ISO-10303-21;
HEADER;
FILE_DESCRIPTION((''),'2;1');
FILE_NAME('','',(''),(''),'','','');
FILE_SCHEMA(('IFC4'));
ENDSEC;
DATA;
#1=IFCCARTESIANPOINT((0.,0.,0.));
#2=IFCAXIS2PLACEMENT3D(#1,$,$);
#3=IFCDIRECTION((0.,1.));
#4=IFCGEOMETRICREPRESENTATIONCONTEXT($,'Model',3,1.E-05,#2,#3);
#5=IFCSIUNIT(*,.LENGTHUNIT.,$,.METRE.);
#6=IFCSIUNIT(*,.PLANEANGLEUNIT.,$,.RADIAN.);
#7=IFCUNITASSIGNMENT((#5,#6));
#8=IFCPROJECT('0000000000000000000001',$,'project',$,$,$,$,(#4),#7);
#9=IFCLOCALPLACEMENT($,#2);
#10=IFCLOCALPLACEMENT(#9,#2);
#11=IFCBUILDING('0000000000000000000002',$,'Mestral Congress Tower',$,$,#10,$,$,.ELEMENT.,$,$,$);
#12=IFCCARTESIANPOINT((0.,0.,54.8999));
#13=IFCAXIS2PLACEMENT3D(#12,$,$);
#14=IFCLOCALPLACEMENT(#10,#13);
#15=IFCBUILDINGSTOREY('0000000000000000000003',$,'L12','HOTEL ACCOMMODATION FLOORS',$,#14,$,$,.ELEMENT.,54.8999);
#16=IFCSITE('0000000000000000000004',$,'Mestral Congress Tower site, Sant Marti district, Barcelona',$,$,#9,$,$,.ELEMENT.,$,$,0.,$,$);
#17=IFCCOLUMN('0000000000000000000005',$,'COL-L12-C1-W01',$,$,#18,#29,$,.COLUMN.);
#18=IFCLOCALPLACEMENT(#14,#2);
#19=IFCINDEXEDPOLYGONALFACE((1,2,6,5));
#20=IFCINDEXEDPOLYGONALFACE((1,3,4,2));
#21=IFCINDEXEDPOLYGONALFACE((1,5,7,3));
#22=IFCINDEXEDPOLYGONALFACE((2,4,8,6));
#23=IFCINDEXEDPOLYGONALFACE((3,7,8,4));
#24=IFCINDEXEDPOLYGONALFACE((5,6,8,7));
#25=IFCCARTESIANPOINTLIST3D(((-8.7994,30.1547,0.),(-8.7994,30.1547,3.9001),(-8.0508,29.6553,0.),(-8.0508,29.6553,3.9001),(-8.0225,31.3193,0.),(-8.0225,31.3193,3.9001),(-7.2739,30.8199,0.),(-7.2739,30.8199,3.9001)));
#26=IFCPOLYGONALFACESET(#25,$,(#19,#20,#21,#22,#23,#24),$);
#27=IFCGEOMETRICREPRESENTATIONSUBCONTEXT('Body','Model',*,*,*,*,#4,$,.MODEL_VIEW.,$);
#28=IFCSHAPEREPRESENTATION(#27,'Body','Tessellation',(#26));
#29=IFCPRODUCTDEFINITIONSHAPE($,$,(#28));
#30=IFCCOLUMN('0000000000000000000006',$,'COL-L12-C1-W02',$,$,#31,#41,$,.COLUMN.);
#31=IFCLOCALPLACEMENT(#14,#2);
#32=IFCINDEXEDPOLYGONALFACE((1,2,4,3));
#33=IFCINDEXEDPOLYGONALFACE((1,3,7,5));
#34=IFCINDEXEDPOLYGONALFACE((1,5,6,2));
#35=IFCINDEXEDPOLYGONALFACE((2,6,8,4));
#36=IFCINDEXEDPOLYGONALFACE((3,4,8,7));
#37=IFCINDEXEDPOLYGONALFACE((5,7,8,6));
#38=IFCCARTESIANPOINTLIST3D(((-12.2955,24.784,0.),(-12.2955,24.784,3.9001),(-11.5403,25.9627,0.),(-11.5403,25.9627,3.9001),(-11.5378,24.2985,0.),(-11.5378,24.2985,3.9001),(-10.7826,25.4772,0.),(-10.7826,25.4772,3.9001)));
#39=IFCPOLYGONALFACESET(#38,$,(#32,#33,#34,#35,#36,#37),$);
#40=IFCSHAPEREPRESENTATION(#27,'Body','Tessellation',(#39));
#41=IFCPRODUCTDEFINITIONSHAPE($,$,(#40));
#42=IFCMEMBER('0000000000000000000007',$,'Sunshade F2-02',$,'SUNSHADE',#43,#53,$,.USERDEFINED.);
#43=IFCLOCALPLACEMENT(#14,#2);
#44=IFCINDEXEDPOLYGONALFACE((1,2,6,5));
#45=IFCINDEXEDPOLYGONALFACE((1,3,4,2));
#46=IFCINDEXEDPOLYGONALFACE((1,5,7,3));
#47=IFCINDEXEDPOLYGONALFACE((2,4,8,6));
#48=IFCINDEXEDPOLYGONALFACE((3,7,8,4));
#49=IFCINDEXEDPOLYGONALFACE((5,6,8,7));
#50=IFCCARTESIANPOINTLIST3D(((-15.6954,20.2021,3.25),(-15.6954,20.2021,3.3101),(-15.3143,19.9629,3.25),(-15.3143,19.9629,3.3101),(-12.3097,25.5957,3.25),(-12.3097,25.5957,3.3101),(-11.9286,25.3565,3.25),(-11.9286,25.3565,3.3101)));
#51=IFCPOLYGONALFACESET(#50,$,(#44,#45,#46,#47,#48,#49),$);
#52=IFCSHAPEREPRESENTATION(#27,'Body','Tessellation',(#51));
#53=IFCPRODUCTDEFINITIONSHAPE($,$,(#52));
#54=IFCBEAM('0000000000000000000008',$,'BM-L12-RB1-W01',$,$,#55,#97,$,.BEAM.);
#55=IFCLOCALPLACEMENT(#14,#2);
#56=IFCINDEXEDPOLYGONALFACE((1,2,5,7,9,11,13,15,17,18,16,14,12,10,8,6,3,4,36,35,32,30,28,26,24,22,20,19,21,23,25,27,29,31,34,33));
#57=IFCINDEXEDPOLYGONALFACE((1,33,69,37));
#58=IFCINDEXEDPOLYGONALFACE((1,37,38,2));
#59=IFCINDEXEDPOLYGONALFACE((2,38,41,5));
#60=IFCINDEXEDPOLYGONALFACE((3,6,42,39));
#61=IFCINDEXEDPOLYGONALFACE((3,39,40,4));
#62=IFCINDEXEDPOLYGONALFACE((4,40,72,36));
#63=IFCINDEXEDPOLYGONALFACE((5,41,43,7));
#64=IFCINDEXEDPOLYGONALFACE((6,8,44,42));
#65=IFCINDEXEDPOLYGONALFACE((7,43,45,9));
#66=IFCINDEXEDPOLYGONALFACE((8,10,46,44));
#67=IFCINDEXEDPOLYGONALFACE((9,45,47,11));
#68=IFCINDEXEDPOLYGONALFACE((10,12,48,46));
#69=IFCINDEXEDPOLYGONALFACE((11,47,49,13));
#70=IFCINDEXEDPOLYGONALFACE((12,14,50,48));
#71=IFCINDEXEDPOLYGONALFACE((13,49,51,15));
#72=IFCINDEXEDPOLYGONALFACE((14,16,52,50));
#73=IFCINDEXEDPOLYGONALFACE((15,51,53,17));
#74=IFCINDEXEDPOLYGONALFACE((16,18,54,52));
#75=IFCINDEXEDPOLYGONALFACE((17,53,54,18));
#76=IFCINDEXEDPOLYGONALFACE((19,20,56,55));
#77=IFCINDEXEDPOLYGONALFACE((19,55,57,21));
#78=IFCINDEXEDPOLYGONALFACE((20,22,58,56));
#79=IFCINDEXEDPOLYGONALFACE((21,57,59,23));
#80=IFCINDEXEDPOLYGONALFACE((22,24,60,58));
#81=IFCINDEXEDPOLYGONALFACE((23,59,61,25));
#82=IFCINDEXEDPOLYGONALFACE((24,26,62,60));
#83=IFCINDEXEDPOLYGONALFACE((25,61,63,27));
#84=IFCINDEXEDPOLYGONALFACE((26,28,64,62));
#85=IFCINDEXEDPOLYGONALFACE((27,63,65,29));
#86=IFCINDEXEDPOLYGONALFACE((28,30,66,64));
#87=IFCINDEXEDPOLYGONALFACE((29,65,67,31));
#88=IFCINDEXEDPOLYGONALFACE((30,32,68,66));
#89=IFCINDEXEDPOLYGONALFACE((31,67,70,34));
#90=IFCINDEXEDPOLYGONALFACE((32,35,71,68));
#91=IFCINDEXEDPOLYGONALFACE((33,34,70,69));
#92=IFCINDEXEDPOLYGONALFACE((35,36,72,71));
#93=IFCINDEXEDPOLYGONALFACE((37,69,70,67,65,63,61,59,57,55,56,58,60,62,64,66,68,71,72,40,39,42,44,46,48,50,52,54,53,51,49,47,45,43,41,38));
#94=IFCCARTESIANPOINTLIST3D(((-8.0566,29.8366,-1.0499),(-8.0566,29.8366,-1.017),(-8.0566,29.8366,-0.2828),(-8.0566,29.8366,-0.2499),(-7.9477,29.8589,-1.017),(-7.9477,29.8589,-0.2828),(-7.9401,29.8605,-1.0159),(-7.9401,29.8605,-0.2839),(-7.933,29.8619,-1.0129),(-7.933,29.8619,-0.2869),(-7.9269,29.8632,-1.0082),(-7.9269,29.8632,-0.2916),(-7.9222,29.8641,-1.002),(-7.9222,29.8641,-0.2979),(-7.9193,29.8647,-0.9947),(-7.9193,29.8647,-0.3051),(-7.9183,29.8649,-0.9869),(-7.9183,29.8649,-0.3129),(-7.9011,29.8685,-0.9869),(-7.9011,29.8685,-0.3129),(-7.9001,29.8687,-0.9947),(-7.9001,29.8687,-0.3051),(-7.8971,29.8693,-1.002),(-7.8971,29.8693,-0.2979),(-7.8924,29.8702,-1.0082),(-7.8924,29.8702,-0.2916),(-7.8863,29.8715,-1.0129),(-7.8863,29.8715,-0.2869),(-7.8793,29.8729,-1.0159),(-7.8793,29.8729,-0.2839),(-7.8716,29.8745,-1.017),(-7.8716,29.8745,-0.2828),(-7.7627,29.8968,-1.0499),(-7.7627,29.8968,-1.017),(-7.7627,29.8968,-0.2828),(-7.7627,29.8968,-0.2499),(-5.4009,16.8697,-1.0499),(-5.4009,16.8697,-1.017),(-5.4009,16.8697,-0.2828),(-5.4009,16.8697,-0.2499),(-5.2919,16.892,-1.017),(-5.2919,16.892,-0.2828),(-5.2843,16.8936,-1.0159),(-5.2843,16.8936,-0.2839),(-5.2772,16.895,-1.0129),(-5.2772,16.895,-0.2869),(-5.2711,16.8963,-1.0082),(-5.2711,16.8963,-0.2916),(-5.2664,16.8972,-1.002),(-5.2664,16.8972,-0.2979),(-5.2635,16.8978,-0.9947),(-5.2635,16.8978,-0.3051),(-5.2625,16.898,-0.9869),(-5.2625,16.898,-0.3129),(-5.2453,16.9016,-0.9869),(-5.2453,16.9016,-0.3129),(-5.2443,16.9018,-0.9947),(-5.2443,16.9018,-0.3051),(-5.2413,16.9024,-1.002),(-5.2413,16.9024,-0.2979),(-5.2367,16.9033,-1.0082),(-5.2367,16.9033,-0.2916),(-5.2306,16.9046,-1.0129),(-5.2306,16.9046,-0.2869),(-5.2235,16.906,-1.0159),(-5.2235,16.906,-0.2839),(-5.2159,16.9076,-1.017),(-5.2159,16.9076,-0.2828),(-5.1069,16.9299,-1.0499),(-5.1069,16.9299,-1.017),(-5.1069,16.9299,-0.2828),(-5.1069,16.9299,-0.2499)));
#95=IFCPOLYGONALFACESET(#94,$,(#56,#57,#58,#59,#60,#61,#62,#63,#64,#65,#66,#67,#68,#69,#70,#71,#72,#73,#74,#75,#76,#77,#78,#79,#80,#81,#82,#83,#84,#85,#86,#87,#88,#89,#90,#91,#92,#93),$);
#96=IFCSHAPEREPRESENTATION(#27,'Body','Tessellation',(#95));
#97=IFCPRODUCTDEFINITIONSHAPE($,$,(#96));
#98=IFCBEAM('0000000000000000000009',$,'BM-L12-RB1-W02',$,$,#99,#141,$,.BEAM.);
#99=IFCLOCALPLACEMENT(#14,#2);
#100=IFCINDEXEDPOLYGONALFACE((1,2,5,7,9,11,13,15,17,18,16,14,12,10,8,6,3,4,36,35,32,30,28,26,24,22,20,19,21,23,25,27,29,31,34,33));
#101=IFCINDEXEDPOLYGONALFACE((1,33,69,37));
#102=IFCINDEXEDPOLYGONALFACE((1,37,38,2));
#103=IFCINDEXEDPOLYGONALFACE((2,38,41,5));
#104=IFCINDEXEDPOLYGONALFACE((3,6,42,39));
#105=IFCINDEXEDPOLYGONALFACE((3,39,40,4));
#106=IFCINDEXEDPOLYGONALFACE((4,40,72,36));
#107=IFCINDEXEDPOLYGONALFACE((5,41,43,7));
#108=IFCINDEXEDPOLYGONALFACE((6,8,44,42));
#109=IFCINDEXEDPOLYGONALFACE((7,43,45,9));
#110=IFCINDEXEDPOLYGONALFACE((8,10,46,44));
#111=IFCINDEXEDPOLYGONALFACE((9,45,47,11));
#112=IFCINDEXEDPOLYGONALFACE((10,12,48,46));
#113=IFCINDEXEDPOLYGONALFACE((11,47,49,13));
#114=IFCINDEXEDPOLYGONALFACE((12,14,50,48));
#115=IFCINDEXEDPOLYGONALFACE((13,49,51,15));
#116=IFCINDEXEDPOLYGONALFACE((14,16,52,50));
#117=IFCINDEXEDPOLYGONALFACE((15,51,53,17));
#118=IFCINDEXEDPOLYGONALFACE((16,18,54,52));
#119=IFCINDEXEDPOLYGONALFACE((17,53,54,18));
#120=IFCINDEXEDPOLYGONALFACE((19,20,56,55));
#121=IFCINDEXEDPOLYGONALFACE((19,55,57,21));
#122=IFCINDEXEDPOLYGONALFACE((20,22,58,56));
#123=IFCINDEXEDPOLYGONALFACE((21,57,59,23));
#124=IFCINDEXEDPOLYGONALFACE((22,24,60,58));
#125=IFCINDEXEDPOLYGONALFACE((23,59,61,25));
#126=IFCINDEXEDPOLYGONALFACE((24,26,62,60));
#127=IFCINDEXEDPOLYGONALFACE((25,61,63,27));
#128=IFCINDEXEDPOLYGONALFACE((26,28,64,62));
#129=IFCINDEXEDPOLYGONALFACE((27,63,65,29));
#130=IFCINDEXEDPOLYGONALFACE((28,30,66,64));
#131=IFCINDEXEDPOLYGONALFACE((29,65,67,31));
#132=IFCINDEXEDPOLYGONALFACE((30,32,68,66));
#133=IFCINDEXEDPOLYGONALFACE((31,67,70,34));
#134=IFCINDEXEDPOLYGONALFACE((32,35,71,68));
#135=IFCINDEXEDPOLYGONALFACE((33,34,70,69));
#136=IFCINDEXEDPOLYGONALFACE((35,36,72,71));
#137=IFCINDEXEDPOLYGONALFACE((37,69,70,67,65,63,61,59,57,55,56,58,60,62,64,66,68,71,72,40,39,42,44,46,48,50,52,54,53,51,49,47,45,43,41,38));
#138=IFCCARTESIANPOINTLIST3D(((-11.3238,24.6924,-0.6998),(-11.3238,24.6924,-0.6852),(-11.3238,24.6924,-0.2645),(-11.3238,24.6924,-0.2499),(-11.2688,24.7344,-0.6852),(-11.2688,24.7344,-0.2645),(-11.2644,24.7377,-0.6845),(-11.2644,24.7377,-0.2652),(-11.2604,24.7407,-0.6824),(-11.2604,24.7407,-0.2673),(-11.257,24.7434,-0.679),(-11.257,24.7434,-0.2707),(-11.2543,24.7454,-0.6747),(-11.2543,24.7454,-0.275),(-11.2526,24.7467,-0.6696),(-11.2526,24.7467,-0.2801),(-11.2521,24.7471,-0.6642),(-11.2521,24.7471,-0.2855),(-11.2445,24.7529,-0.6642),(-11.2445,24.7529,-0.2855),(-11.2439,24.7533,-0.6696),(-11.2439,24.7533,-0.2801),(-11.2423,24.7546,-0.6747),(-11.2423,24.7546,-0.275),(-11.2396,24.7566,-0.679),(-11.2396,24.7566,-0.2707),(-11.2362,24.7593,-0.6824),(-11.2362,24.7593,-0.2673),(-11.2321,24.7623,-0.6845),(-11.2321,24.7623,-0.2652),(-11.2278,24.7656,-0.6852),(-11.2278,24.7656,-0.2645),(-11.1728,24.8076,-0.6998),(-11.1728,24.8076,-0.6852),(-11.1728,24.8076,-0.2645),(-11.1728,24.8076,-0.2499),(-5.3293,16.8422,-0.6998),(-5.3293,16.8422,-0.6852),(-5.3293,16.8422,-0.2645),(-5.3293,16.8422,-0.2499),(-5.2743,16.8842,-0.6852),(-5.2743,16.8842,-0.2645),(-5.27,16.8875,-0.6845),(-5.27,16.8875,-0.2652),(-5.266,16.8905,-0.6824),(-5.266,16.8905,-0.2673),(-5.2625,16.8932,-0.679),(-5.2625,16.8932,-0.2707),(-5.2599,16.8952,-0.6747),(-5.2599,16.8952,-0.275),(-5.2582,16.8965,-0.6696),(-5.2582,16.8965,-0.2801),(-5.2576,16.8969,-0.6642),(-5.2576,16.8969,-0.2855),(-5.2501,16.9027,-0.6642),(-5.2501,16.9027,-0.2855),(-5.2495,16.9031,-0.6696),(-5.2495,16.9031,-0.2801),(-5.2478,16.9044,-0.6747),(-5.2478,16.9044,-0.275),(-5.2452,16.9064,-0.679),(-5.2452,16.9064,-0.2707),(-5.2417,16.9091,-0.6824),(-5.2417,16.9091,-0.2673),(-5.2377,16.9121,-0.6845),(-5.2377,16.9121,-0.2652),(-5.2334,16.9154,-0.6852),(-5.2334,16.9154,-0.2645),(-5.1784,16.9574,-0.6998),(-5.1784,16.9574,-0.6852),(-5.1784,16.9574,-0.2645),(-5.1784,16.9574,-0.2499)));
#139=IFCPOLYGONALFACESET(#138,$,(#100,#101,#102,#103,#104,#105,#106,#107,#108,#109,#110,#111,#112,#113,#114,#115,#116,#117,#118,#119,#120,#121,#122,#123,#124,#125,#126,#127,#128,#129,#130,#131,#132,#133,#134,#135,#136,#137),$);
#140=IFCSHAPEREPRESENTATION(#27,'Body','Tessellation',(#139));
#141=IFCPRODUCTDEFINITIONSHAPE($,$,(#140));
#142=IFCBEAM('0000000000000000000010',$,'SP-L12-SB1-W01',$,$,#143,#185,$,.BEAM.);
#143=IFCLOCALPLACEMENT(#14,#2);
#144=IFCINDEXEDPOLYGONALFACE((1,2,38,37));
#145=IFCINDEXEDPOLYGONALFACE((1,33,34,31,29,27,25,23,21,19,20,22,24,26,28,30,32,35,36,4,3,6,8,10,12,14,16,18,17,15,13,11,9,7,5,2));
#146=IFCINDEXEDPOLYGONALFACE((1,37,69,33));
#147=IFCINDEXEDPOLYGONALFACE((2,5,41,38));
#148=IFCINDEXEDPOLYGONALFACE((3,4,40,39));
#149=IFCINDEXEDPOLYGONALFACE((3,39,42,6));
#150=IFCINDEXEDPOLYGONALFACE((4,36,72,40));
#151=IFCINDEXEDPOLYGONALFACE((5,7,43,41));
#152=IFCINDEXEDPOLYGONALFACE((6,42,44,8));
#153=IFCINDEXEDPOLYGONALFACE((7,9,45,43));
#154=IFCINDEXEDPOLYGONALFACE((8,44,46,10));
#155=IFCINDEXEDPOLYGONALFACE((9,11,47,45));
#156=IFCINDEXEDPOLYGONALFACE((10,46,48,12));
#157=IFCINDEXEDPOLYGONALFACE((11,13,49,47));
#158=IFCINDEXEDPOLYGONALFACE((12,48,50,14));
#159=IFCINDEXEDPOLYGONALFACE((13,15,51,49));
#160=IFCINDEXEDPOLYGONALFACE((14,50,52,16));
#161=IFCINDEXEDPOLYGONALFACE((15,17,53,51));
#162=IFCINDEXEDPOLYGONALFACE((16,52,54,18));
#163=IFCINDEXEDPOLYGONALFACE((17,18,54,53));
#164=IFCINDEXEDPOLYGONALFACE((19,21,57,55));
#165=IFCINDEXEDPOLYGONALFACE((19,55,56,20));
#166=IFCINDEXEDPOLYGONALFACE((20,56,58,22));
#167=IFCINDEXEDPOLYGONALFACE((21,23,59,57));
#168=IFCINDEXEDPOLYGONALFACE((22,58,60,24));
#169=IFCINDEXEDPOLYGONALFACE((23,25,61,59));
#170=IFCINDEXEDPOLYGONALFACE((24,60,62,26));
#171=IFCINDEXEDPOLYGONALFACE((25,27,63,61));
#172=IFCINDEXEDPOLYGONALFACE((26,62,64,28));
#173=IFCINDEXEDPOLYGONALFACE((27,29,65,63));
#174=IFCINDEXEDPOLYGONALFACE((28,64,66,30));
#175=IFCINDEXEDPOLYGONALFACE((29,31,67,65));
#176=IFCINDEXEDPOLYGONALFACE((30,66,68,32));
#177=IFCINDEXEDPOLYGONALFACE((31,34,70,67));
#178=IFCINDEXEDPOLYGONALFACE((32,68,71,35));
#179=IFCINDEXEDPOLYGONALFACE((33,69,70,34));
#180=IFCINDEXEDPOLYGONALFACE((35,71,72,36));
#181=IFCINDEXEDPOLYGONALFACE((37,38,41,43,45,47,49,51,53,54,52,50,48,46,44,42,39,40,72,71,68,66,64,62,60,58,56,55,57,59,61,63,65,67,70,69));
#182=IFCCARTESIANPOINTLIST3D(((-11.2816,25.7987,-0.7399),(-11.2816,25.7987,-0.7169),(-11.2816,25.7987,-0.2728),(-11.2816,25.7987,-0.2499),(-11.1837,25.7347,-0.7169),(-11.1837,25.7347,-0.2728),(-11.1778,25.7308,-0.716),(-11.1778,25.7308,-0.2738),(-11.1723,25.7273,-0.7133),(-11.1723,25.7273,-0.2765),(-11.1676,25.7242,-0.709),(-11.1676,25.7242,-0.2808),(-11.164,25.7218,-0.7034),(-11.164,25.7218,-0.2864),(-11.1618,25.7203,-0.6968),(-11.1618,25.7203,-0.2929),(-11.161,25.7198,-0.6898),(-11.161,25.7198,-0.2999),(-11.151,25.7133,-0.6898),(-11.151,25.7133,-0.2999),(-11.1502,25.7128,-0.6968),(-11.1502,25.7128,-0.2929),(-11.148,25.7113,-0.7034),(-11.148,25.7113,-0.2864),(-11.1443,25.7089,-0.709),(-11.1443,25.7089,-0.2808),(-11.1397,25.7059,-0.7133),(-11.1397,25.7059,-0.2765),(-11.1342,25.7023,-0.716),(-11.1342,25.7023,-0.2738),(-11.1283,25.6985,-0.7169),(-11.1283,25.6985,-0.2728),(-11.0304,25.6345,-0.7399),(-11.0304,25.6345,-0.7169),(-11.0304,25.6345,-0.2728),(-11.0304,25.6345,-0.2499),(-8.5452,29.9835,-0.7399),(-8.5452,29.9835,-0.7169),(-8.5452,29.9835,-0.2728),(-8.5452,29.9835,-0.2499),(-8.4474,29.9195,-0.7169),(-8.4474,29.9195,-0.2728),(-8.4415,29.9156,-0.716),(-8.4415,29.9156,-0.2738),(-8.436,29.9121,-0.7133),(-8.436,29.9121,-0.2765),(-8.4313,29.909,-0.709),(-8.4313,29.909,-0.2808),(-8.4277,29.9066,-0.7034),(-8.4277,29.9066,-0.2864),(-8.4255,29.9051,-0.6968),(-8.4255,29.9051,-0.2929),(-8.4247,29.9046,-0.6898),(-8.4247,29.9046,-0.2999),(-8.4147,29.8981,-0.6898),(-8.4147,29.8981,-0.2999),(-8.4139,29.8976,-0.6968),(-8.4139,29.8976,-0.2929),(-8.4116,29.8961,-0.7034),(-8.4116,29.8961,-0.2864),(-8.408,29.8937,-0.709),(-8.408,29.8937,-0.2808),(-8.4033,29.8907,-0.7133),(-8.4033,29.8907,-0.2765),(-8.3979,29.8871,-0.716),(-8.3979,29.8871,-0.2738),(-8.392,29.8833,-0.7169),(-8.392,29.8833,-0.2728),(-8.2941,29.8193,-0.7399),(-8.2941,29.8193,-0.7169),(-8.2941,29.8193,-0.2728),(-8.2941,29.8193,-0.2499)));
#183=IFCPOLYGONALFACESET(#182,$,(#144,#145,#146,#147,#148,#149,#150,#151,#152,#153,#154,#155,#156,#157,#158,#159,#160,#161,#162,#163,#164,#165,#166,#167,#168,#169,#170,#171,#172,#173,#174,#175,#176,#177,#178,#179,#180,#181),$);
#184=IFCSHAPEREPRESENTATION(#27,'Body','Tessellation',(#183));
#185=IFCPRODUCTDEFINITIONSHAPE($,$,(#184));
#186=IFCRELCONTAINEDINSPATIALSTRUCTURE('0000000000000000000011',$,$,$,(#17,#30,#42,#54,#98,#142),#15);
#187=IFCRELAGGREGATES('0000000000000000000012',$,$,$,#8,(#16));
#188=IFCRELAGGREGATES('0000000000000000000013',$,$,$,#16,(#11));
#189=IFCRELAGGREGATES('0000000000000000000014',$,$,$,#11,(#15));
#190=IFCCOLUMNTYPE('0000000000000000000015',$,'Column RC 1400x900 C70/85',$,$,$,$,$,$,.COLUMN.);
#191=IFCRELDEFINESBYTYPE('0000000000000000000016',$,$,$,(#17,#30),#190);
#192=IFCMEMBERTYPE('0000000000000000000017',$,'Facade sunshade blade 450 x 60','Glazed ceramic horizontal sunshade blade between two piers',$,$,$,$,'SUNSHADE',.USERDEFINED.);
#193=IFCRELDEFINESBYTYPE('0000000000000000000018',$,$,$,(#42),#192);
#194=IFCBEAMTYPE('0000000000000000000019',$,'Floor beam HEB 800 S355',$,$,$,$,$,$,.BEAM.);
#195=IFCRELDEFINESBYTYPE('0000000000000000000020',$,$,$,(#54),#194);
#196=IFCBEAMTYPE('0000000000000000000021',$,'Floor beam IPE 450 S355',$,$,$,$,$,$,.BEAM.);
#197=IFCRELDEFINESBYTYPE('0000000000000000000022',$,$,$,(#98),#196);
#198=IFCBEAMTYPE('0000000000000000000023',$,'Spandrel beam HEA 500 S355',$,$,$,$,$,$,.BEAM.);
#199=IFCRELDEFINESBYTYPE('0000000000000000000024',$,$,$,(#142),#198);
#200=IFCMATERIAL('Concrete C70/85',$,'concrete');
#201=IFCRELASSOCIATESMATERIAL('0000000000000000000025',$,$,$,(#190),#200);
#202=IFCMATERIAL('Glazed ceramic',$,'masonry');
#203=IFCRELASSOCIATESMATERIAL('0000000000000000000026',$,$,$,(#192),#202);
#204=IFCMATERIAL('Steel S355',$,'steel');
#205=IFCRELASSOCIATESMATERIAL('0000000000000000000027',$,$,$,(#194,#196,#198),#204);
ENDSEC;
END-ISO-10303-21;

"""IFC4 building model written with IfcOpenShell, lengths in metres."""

from ifc_helpers import new_model, si_unit, direction, frame, origin, origin_2d, place, context, subcontext, project, spatial, rectangle, i_section, extrude, material, material_profile, profile_set, type_object, element, save


model = new_model("IFC4")

# Units and contexts
model_context = context("Model", 3, precision=1e-05, world=origin(), true_north=direction((0.0, 1.0)))
body_context = subcontext(model_context, "Body", "Model", "MODEL_VIEW")
ifc_project = project(units=[si_unit("LENGTHUNIT", "METRE"), si_unit("PLANEANGLEUNIT", "RADIAN")], contexts=[model_context])

# Site, building, storey
site_placement = place(None, origin())
site = spatial("IfcSite", under=ifc_project, at=site_placement, Name="Mestral Congress Tower site, Sant Marti district, Barcelona", CompositionType="ELEMENT", RefElevation=0.0)
building_placement = place(site_placement, origin())
building = spatial("IfcBuilding", under=site, at=building_placement, Name="Mestral Congress Tower", CompositionType="ELEMENT")
storey_placement = place(building_placement, frame((0.0, 0.0, 54.8999)))
storey = spatial("IfcBuildingStorey", under=building, at=storey_placement, Name="L12", Description="HOTEL ACCOMMODATION FLOORS", CompositionType="ELEMENT", Elevation=54.8999)

# Columns
ifc_material_1 = material(Name="Concrete C70/85", Category="concrete")
ifc_material_profile_1 = material_profile(ifc_material_1, rectangle(XDim=1.3999, YDim=0.8999, at=origin_2d()), Name="RC 1400x900")
ifc_profile_set_1 = profile_set([ifc_material_profile_1], Name="Concrete C70/85")
column_type = type_object("IfcColumnType", Name="Column RC 1400x900 C70/85", PredefinedType="COLUMN", material=ifc_profile_set_1)
for number, where, z_axis, x_axis, name in (
    (1, (-8.0366, 30.4873, 0.0), (0.0, 0.0, 1.0), (-0.554949, -0.831884, 0.0), "COL-L12-C1-W01"),
    (2, (-11.5391, 25.1306, 0.0), (0.0, 0.0, 1.0), (-0.539476, -0.842001, 0.0), "COL-L12-C1-W02"),
):
    element("IfcColumn", number, at=place(storey_placement, frame(where, z_axis=z_axis, x_axis=x_axis)), inside=storey, type_object=column_type, Name=name, PredefinedType="COLUMN", context=body_context, shape_type="SweptSolid", body=[
        extrude(rectangle(XDim=1.3999, YDim=0.8999, at=origin_2d()), origin(), (0.0, 0.0, 1.0), 3.9001),
    ])

# Member
ifc_material_2 = material(Name="Glazed ceramic", Category="masonry")
ifc_material_profile_2 = material_profile(ifc_material_2, rectangle(XDim=0.45, YDim=0.0601, at=origin_2d()), Name="Ceramic blade 450 x 60")
ifc_profile_set_2 = profile_set([ifc_material_profile_2], Name="Glazed ceramic")
member_type = type_object("IfcMemberType", Name="Facade sunshade blade 450 x 60", Description="Glazed ceramic horizontal sunshade blade between two piers", ElementType="SUNSHADE", PredefinedType="USERDEFINED", material=ifc_profile_set_2)
member_placement = place(storey_placement, frame((-12.1191, 25.4761, 3.28), z_axis=(-0.531666, -0.846954, 0.0), x_axis=(0.846954, -0.531666, 0.0)))
element("IfcMember", 3, at=member_placement, inside=storey, type_object=member_type, Name="Sunshade F2-02", ObjectType="SUNSHADE", PredefinedType="USERDEFINED", context=body_context, shape_type="SweptSolid", body=[
    extrude(rectangle(XDim=0.45, YDim=0.0601, at=origin_2d()), origin(), (0.0, 0.0, 1.0), 6.3682),
])

# Beams
ifc_material_3 = material(Name="Steel S355", Category="steel")
ifc_material_profile_3 = material_profile(ifc_material_3, i_section(OverallWidth=0.3, OverallDepth=0.8, WebThickness=0.0176, FlangeThickness=0.033, FilletRadius=0.03, at=origin_2d()), Name="HEB 800")
ifc_profile_set_3 = profile_set([ifc_material_profile_3], Name="Steel S355")
beam_type_1 = type_object("IfcBeamType", Name="Floor beam HEB 800 S355", PredefinedType="BEAM", material=ifc_profile_set_3)
beam_1_placement = place(storey_placement, frame((-7.9097, 29.8667, -0.6499), z_axis=(0.200647, -0.979664, 0.0), x_axis=(0.979664, 0.200647, 0.0)))
element("IfcBeam", 4, at=beam_1_placement, inside=storey, type_object=beam_type_1, Name="BM-L12-RB1-W01", PredefinedType="BEAM", context=body_context, shape_type="SweptSolid", body=[
    extrude(i_section(OverallWidth=0.3, OverallDepth=0.8, WebThickness=0.0176, FlangeThickness=0.033, FilletRadius=0.03, at=origin_2d()), origin(), (0.0, 0.0, 1.0), 13.2361),
])
ifc_material_profile_4 = material_profile(ifc_material_3, i_section(OverallWidth=0.1899, OverallDepth=0.45, WebThickness=0.0095, FlangeThickness=0.0146, FilletRadius=0.021, at=origin_2d()), Name="IPE 450")
ifc_profile_set_4 = profile_set([ifc_material_profile_4], Name="Steel S355")
beam_type_2 = type_object("IfcBeamType", Name="Floor beam IPE 450 S355", PredefinedType="BEAM", material=ifc_profile_set_4)
beam_2_placement = place(storey_placement, frame((-11.2483, 24.75, -0.4749), z_axis=(0.606899, -0.794779, 0.0), x_axis=(0.794779, 0.606899, 0.0)))
element("IfcBeam", 5, at=beam_2_placement, inside=storey, type_object=beam_type_2, Name="BM-L12-RB1-W02", PredefinedType="BEAM", context=body_context, shape_type="SweptSolid", body=[
    extrude(i_section(OverallWidth=0.1899, OverallDepth=0.45, WebThickness=0.0095, FlangeThickness=0.0146, FilletRadius=0.021, at=origin_2d()), origin(), (0.0, 0.0, 1.0), 9.8772),
])
ifc_material_profile_5 = material_profile(ifc_material_3, i_section(OverallWidth=0.3, OverallDepth=0.49, WebThickness=0.012, FlangeThickness=0.0229, FilletRadius=0.0271, at=origin_2d()), Name="HEA 500")
ifc_profile_set_5 = profile_set([ifc_material_profile_5], Name="Steel S355")
beam_type_3 = type_object("IfcBeamType", Name="Spandrel beam HEA 500 S355", PredefinedType="BEAM", material=ifc_profile_set_5)
beam_3_placement = place(storey_placement, frame((-8.4197, 29.9014, -0.4949), z_axis=(-0.547264, -0.83696, 0.0), x_axis=(0.83696, -0.547264, 0.0)))
element("IfcBeam", 6, at=beam_3_placement, inside=storey, type_object=beam_type_3, Name="SP-L12-SB1-W01", PredefinedType="BEAM", context=body_context, shape_type="SweptSolid", body=[
    extrude(i_section(OverallWidth=0.3, OverallDepth=0.49, WebThickness=0.012, FlangeThickness=0.0229, FilletRadius=0.0271, at=origin_2d()), origin(), (0.0, 0.0, 1.0), 5.0),
])

save(model, "model.ifc")
